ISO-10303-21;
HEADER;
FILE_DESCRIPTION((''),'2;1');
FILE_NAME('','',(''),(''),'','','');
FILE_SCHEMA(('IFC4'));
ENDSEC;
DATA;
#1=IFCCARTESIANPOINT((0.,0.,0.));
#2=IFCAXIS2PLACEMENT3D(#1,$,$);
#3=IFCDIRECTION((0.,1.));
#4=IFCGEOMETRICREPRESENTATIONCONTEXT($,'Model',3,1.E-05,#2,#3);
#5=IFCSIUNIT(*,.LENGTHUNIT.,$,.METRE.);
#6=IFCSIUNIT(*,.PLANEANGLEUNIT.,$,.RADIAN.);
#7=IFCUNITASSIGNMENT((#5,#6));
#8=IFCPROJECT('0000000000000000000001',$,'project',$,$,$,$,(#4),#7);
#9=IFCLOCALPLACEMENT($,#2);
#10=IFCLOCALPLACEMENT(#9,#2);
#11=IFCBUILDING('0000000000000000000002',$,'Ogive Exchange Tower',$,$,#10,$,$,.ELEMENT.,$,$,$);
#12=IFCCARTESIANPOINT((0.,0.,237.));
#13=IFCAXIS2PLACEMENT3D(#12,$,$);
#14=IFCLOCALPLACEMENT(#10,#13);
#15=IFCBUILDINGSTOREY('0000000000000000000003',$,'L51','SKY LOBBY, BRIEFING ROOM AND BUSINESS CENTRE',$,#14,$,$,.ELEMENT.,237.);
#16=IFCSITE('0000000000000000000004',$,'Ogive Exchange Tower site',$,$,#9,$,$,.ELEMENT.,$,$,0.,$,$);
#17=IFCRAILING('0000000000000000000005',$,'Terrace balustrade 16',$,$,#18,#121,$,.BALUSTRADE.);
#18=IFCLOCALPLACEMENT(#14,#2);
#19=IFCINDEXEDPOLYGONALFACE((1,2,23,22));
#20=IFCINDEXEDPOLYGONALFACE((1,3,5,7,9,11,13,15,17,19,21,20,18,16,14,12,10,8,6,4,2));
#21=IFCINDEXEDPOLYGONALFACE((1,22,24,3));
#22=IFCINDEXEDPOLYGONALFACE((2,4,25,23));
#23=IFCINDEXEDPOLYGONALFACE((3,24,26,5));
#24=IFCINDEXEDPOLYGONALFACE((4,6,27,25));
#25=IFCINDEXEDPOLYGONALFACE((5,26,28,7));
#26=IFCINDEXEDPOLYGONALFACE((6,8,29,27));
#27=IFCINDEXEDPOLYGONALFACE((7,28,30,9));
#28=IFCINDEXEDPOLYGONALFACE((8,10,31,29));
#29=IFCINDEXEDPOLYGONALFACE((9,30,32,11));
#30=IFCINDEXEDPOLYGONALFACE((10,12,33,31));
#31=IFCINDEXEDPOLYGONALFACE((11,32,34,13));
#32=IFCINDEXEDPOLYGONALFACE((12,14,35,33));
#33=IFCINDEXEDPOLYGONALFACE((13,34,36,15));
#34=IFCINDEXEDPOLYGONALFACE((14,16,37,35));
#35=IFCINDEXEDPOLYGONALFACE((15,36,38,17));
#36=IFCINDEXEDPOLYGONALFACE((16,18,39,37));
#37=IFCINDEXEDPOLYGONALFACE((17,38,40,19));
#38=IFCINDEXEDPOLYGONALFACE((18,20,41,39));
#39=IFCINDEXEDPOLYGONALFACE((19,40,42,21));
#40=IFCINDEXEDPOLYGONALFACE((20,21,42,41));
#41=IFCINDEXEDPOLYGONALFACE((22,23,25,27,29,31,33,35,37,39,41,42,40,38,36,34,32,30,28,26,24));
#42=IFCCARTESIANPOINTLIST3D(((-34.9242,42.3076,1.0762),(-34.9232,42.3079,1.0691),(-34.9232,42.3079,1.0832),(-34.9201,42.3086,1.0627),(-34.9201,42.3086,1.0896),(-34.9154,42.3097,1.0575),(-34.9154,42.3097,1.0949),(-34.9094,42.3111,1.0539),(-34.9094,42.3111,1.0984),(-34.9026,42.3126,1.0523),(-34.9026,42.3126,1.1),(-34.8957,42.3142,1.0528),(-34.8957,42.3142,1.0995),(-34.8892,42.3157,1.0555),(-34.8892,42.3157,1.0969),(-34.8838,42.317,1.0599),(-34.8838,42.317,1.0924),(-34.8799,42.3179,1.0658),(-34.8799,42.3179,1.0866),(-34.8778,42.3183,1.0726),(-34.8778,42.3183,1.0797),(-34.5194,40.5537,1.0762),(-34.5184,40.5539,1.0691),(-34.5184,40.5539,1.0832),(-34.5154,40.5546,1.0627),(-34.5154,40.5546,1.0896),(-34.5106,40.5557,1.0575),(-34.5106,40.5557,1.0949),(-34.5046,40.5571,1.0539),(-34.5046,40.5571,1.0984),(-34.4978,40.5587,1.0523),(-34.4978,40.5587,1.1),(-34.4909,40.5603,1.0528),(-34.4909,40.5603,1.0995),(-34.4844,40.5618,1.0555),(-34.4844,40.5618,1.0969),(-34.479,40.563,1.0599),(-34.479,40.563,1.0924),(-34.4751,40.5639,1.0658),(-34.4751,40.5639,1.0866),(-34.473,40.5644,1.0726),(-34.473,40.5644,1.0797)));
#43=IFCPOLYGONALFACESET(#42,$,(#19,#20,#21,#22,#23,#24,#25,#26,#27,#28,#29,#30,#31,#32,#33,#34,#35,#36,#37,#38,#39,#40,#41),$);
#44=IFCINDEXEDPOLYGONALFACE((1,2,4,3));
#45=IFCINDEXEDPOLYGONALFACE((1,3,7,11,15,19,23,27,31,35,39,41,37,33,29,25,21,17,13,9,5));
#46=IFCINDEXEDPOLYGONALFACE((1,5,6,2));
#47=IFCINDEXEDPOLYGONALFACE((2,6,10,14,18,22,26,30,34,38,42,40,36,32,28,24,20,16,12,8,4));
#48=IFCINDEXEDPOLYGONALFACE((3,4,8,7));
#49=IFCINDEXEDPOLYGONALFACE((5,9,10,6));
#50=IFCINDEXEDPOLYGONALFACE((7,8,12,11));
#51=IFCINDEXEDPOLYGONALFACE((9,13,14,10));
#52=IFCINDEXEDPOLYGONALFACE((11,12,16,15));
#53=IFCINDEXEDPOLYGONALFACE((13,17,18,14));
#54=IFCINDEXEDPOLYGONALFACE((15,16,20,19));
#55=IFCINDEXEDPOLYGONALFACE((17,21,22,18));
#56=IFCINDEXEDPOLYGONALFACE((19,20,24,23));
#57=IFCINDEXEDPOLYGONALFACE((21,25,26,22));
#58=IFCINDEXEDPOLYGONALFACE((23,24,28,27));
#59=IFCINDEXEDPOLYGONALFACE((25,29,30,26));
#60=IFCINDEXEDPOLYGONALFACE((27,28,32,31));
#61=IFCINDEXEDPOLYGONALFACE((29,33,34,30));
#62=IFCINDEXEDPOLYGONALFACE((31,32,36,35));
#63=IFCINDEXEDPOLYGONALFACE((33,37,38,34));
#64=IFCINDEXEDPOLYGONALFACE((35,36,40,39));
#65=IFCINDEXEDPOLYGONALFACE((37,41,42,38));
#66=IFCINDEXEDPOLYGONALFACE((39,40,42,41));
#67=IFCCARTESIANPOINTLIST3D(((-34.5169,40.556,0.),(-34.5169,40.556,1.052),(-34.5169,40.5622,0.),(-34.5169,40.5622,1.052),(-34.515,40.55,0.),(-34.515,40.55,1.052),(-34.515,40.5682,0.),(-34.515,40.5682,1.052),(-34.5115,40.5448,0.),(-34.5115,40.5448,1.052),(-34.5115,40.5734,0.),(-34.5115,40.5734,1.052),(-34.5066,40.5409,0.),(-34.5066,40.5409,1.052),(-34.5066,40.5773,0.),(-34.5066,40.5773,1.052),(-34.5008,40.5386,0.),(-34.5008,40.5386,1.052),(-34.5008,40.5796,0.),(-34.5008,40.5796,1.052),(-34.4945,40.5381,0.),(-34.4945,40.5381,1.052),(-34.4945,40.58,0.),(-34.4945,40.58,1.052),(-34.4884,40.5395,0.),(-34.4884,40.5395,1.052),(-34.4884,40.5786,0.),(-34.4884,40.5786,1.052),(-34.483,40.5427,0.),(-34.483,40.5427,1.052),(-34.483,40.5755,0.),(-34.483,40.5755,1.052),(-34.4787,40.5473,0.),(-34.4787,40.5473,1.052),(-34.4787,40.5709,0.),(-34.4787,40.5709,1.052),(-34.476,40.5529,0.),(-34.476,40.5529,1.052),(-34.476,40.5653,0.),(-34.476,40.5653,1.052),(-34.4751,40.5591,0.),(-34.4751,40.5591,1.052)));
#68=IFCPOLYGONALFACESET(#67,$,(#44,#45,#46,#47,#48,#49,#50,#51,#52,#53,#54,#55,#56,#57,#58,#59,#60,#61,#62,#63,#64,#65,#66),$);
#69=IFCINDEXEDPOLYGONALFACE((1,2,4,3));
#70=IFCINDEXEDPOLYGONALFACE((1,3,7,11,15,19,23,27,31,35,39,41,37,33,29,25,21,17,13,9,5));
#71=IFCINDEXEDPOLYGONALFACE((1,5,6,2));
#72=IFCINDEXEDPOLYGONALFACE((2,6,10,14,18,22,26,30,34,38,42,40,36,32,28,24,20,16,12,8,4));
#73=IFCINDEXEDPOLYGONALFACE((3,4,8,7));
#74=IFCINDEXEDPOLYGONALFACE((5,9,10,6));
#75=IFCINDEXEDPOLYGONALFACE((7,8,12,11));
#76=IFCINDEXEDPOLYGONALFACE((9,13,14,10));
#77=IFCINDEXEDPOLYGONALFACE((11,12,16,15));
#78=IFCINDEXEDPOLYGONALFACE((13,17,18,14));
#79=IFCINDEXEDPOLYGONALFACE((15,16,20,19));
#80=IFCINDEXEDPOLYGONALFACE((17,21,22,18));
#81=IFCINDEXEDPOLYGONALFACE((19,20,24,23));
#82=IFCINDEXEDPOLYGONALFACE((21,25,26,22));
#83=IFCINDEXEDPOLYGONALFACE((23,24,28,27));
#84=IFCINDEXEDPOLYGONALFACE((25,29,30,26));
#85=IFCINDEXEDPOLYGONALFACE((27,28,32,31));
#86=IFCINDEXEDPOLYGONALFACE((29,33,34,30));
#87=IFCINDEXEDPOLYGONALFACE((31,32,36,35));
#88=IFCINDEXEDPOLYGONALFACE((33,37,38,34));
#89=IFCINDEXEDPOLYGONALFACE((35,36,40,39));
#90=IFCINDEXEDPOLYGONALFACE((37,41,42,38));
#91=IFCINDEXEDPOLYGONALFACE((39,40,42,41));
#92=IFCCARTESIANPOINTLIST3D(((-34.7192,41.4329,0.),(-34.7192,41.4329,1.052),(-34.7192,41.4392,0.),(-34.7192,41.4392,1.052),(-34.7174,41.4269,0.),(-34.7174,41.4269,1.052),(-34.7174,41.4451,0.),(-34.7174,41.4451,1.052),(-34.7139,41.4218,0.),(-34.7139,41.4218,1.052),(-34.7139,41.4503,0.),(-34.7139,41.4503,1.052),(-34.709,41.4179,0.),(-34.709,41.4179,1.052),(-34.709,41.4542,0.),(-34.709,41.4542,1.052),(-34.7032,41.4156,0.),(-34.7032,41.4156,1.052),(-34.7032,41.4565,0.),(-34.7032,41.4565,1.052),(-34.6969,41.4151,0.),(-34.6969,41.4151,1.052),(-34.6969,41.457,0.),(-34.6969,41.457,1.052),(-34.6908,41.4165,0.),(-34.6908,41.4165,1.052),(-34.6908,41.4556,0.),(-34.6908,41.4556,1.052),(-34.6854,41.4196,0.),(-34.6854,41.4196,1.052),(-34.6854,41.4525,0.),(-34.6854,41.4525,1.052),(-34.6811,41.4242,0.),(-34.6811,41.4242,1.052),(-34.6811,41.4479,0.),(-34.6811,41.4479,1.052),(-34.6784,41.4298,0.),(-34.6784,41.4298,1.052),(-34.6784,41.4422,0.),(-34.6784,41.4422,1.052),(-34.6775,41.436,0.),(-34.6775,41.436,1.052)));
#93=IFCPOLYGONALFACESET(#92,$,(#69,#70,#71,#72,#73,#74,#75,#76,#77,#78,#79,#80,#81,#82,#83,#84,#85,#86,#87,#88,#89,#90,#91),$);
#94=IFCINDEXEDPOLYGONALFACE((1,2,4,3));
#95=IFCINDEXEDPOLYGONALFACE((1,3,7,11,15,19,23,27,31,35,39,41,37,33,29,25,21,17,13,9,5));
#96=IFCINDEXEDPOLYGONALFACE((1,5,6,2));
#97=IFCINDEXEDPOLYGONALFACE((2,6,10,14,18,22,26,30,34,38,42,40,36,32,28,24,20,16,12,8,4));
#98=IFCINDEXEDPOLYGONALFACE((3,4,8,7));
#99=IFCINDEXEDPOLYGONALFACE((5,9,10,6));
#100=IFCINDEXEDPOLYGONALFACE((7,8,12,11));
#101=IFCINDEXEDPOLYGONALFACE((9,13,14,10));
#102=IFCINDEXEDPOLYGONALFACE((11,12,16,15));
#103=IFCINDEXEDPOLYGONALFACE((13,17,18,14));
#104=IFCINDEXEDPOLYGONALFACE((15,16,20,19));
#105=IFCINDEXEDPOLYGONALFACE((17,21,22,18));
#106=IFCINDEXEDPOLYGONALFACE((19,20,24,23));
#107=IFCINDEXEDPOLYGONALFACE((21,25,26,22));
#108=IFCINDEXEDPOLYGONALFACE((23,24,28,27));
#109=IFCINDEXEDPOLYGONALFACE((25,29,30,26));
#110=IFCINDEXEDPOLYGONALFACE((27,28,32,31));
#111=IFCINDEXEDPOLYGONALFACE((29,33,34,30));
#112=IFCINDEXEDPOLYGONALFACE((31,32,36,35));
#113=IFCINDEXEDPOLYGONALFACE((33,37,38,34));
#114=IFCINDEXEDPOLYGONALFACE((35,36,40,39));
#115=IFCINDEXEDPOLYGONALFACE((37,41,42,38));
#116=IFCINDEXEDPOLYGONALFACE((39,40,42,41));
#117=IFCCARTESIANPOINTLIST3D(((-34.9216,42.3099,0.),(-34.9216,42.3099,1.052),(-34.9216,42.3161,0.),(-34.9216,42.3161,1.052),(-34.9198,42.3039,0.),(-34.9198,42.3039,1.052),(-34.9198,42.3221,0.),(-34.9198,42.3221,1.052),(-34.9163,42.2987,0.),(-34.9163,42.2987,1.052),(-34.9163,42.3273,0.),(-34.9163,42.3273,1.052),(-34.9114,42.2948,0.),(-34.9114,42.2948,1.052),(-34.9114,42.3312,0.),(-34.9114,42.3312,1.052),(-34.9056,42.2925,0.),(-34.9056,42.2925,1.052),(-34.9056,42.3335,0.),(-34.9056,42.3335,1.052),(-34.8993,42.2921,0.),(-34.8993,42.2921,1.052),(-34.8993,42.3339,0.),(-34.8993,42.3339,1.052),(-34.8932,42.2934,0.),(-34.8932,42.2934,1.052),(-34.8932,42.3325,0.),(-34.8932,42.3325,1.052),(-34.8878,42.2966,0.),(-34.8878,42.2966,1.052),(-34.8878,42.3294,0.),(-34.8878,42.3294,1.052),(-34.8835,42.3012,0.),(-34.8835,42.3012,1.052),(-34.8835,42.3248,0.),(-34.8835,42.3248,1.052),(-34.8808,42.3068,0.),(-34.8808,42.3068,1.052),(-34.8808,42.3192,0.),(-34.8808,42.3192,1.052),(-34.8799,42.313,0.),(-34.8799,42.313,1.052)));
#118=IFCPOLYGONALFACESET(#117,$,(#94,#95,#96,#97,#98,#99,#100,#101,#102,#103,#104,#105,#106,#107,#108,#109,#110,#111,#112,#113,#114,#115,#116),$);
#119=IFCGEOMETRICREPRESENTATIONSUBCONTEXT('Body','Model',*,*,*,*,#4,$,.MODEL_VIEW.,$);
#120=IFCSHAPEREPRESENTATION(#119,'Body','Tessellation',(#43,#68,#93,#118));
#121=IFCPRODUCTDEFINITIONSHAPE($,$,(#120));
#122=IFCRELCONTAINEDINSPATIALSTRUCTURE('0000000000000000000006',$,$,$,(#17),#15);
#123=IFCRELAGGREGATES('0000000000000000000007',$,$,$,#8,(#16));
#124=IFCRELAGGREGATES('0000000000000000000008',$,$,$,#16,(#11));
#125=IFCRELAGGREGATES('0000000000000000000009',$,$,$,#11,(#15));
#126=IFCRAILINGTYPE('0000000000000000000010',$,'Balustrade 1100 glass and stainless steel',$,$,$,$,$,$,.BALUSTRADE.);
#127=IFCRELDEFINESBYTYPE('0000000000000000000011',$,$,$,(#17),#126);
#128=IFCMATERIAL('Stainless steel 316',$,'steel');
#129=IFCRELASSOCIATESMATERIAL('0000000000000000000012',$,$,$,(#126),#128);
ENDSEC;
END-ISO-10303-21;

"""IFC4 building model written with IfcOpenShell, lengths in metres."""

from ifc_helpers import new_model, si_unit, direction, frame, origin, origin_2d, place, context, subcontext, project, spatial, circle, extrude, material, type_object, element, save


model = new_model("IFC4")

# Units and contexts
model_context = context("Model", 3, precision=1e-05, world=origin(), true_north=direction((0.0, 1.0)))
body_context = subcontext(model_context, "Body", "Model", "MODEL_VIEW")
ifc_project = project(units=[si_unit("LENGTHUNIT", "METRE"), si_unit("PLANEANGLEUNIT", "RADIAN")], contexts=[model_context])

# Site, building, storey
site_placement = place(None, origin())
site = spatial("IfcSite", under=ifc_project, at=site_placement, Name="Ogive Exchange Tower site", CompositionType="ELEMENT", RefElevation=0.0)
building_placement = place(site_placement, origin())
building = spatial("IfcBuilding", under=site, at=building_placement, Name="Ogive Exchange Tower", CompositionType="ELEMENT")
storey_placement = place(building_placement, frame((0.0, 0.0, 237.0)))
storey = spatial("IfcBuildingStorey", under=building, at=storey_placement, Name="L51", Description="SKY LOBBY, BRIEFING ROOM AND BUSINESS CENTRE", CompositionType="ELEMENT", Elevation=237.0)

# Railing
ifc_material_1 = material(Name="Stainless steel 316", Category="steel")
railing_type = type_object("IfcRailingType", Name="Balustrade 1100 glass and stainless steel", PredefinedType="BALUSTRADE", material=ifc_material_1)
railing_1_placement = place(storey_placement, frame((-34.4961, 40.5591, 0.0)))
element("IfcRailing", 1, at=railing_1_placement, inside=storey, type_object=railing_type, Name="Terrace balustrade 16", PredefinedType="BALUSTRADE", context=body_context, shape_type="SweptSolid", body=[
    extrude(circle(Radius=0.0239, at=origin_2d()), frame((0.0, 0.0, 1.0762), z_axis=(-0.224879, 0.974387, 0.0), x_axis=(-0.974387, -0.224879, 0.0)), (0.0, 0.0, 1.0), 1.8),
    extrude(circle(Radius=0.021, at=origin_2d()), origin(), (0.0, 0.0, 1.0), 1.052),
    extrude(circle(Radius=0.021, at=origin_2d()), frame((-0.2024, 0.877, 0.0)), (0.0, 0.0, 1.0), 1.052),
    extrude(circle(Radius=0.021, at=origin_2d()), frame((-0.4048, 1.7539, 0.0)), (0.0, 0.0, 1.0), 1.052),
])

save(model, "model.ifc")
